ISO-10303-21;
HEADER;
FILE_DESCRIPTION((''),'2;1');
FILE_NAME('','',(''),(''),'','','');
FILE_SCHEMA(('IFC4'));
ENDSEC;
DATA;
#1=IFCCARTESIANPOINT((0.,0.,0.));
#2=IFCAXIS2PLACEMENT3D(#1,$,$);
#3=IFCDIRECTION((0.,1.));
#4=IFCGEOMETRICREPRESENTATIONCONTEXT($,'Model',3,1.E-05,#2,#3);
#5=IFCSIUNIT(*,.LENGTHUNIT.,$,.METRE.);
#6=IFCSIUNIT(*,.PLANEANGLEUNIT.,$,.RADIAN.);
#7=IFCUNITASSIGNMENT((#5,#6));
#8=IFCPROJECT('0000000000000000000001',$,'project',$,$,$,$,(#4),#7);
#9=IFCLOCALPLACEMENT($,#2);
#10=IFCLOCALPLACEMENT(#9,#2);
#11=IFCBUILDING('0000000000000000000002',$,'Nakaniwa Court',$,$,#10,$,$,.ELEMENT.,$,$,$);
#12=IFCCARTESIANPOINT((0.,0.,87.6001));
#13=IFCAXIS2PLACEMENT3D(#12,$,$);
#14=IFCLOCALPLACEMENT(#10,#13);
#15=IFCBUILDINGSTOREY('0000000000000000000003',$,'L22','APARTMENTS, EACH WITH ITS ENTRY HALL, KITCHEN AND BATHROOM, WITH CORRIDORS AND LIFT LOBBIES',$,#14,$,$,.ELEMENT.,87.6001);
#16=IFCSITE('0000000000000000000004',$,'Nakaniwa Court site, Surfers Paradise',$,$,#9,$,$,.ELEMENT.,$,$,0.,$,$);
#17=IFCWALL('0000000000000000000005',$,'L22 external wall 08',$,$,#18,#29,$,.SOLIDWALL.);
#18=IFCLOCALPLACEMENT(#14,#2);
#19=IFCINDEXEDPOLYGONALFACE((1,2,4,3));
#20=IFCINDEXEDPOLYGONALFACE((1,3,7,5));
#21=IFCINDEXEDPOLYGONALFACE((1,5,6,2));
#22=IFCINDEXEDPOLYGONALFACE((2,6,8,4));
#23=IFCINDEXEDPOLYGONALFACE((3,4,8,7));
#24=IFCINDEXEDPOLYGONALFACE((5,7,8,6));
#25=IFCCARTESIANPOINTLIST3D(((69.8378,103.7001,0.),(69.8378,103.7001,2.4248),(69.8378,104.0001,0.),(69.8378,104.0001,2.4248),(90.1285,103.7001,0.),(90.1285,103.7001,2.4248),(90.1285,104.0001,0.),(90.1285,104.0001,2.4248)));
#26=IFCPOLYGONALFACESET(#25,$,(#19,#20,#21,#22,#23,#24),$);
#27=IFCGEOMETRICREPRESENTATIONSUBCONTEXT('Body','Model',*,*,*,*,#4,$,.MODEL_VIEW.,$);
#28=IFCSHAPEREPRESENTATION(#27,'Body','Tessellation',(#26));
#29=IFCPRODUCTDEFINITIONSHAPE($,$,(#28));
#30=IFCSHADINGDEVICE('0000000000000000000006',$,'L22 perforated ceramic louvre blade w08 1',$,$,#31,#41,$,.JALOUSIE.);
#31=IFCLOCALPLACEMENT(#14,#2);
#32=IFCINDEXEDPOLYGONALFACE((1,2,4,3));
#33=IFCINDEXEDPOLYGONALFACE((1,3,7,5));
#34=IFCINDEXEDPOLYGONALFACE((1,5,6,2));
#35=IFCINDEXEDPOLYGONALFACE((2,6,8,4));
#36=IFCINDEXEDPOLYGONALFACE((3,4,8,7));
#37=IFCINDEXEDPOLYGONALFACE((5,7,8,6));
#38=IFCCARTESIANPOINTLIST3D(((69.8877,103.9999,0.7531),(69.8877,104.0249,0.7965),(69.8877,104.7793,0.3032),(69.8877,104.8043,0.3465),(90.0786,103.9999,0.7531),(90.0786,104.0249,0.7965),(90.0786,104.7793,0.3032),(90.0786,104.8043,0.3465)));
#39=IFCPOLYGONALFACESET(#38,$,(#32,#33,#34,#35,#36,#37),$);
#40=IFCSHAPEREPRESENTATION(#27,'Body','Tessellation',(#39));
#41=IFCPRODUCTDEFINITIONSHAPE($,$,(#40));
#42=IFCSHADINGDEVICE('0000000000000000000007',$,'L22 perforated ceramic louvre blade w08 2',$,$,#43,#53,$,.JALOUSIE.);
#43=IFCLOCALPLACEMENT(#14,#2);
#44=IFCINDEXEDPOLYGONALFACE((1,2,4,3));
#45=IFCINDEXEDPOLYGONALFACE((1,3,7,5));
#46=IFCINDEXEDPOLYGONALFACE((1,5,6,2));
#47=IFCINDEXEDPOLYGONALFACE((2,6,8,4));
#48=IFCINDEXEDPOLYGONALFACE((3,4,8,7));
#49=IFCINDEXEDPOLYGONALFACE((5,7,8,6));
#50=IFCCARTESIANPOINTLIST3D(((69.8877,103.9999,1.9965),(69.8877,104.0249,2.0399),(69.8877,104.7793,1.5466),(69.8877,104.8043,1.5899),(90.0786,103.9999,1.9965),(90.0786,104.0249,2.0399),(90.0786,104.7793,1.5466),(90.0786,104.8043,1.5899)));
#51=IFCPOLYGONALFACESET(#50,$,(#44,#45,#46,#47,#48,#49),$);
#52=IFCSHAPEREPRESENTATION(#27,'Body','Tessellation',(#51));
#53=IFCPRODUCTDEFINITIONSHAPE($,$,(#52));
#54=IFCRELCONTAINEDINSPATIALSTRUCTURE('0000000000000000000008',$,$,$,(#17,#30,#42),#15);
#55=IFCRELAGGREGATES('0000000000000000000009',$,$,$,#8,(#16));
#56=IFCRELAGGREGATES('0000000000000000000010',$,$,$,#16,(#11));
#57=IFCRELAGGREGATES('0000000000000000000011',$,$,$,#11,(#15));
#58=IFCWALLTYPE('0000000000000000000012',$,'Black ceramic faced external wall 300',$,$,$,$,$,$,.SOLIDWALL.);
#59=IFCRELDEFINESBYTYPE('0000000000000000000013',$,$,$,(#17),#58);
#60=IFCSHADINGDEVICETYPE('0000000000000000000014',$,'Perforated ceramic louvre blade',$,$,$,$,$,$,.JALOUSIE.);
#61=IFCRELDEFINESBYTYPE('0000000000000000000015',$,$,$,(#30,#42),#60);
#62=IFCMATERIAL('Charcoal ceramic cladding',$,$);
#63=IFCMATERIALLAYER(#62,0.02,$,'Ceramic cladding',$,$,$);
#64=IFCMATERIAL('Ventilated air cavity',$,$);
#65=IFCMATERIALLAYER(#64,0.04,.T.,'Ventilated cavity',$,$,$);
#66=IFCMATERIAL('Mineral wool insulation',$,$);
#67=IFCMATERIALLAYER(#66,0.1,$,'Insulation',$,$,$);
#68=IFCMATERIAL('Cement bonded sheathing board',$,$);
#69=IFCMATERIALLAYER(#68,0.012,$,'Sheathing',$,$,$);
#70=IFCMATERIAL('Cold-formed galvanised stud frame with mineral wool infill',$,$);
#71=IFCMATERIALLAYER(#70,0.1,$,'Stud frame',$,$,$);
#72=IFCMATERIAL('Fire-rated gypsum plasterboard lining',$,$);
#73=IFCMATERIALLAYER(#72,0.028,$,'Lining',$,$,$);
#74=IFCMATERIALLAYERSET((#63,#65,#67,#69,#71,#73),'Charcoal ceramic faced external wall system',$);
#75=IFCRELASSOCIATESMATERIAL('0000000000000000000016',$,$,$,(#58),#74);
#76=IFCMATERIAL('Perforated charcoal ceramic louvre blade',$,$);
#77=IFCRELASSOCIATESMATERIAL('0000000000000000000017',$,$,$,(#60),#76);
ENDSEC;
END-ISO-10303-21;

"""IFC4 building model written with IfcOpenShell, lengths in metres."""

from ifc_helpers import new_model, si_unit, direction, frame, frame_2d, origin, origin_2d, place, context, subcontext, project, spatial, rectangle, extrude, material, layer, layer_set, material_profile, profile_set, type_object, element, save


model = new_model("IFC4")

# Units and contexts
model_context = context("Model", 3, precision=1e-05, world=origin(), true_north=direction((0.0, 1.0)))
body_context = subcontext(model_context, "Body", "Model", "MODEL_VIEW")
ifc_project = project(units=[si_unit("LENGTHUNIT", "METRE"), si_unit("PLANEANGLEUNIT", "RADIAN")], contexts=[model_context])

# Site, building, storey
site_placement = place(None, origin())
site = spatial("IfcSite", under=ifc_project, at=site_placement, Name="Nakaniwa Court site, Surfers Paradise", CompositionType="ELEMENT", RefElevation=0.0)
building_placement = place(site_placement, origin())
building = spatial("IfcBuilding", under=site, at=building_placement, Name="Nakaniwa Court", CompositionType="ELEMENT")
storey_placement = place(building_placement, frame((0.0, 0.0, 87.6001)))
storey = spatial("IfcBuildingStorey", under=building, at=storey_placement, Name="L22", Description="APARTMENTS, EACH WITH ITS ENTRY HALL, KITCHEN AND BATHROOM, WITH CORRIDORS AND LIFT LOBBIES", CompositionType="ELEMENT", Elevation=87.6001)

# Shared definitions
ifc_material_1 = material(Name="Charcoal ceramic cladding")
ifc_layer_1 = layer(ifc_material_1, 0.02, Name="Ceramic cladding")
ifc_material_2 = material(Name="Ventilated air cavity")
ifc_layer_2 = layer(ifc_material_2, 0.04, ventilated=True, Name="Ventilated cavity")
ifc_material_3 = material(Name="Mineral wool insulation")
ifc_layer_3 = layer(ifc_material_3, 0.1, Name="Insulation")
ifc_material_4 = material(Name="Cement bonded sheathing board")
ifc_layer_4 = layer(ifc_material_4, 0.012, Name="Sheathing")
ifc_material_5 = material(Name="Cold-formed galvanised stud frame with mineral wool infill")
ifc_layer_5 = layer(ifc_material_5, 0.1, Name="Stud frame")
ifc_material_6 = material(Name="Fire-rated gypsum plasterboard lining")
ifc_layer_6 = layer(ifc_material_6, 0.028, Name="Lining")
ifc_layer_set_1 = layer_set([ifc_layer_1, ifc_layer_2, ifc_layer_3, ifc_layer_4, ifc_layer_5, ifc_layer_6], Name="Charcoal ceramic faced external wall system")
wall_type_1 = type_object("IfcWallType", Name="Black ceramic faced external wall 300", PredefinedType="SOLIDWALL", material=ifc_layer_set_1)

# Wall
wall_1_placement = place(storey_placement, frame((90.1287, 103.8501, 0.0), z_axis=(0.0, 0.0, 1.0), x_axis=(-1.0, 0.0, 0.0)))
element("IfcWall", 1, at=wall_1_placement, inside=storey, type_object=wall_type_1, Name="L22 external wall 08", PredefinedType="SOLIDWALL", context=body_context, shape_type="SweptSolid", body=[
    extrude(rectangle(XDim=20.2908, YDim=0.3, at=frame_2d((10.1455, 0.0))), origin(), (0.0, 0.0, 1.0), 2.4248),
])

# Shading devices
ifc_material_7 = material(Name="Perforated charcoal ceramic louvre blade")
ifc_material_profile_1 = material_profile(ifc_material_7, rectangle(XDim=0.8999, YDim=0.05, at=origin_2d()), Name="Perforated ceramic louvre blade")
ifc_profile_set_1 = profile_set([ifc_material_profile_1], Name="Perforated charcoal ceramic louvre blade")
shading_device_type = type_object("IfcShadingDeviceType", Name="Perforated ceramic louvre blade", PredefinedType="JALOUSIE", material=ifc_profile_set_1)
for number, where, z_axis, x_axis, name in (
    (2, (90.0786, 104.4021, 0.5498), (-1.0, 0.0, 0.0), (0.0, -0.866025, 0.5), "L22 perforated ceramic louvre blade w08 1"),
    (3, (90.0786, 104.4021, 1.7932), (-1.0, 0.0, 0.0), (0.0, -0.866025, 0.5), "L22 perforated ceramic louvre blade w08 2"),
):
    element("IfcShadingDevice", number, at=place(storey_placement, frame(where, z_axis=z_axis, x_axis=x_axis)), inside=storey, type_object=shading_device_type, Name=name, PredefinedType="JALOUSIE", context=body_context, shape_type="SweptSolid", body=[
        extrude(rectangle(XDim=0.8999, YDim=0.05, at=origin_2d()), origin(), (0.0, 0.0, 1.0), 20.1909),
    ])

save(model, "model.ifc")
